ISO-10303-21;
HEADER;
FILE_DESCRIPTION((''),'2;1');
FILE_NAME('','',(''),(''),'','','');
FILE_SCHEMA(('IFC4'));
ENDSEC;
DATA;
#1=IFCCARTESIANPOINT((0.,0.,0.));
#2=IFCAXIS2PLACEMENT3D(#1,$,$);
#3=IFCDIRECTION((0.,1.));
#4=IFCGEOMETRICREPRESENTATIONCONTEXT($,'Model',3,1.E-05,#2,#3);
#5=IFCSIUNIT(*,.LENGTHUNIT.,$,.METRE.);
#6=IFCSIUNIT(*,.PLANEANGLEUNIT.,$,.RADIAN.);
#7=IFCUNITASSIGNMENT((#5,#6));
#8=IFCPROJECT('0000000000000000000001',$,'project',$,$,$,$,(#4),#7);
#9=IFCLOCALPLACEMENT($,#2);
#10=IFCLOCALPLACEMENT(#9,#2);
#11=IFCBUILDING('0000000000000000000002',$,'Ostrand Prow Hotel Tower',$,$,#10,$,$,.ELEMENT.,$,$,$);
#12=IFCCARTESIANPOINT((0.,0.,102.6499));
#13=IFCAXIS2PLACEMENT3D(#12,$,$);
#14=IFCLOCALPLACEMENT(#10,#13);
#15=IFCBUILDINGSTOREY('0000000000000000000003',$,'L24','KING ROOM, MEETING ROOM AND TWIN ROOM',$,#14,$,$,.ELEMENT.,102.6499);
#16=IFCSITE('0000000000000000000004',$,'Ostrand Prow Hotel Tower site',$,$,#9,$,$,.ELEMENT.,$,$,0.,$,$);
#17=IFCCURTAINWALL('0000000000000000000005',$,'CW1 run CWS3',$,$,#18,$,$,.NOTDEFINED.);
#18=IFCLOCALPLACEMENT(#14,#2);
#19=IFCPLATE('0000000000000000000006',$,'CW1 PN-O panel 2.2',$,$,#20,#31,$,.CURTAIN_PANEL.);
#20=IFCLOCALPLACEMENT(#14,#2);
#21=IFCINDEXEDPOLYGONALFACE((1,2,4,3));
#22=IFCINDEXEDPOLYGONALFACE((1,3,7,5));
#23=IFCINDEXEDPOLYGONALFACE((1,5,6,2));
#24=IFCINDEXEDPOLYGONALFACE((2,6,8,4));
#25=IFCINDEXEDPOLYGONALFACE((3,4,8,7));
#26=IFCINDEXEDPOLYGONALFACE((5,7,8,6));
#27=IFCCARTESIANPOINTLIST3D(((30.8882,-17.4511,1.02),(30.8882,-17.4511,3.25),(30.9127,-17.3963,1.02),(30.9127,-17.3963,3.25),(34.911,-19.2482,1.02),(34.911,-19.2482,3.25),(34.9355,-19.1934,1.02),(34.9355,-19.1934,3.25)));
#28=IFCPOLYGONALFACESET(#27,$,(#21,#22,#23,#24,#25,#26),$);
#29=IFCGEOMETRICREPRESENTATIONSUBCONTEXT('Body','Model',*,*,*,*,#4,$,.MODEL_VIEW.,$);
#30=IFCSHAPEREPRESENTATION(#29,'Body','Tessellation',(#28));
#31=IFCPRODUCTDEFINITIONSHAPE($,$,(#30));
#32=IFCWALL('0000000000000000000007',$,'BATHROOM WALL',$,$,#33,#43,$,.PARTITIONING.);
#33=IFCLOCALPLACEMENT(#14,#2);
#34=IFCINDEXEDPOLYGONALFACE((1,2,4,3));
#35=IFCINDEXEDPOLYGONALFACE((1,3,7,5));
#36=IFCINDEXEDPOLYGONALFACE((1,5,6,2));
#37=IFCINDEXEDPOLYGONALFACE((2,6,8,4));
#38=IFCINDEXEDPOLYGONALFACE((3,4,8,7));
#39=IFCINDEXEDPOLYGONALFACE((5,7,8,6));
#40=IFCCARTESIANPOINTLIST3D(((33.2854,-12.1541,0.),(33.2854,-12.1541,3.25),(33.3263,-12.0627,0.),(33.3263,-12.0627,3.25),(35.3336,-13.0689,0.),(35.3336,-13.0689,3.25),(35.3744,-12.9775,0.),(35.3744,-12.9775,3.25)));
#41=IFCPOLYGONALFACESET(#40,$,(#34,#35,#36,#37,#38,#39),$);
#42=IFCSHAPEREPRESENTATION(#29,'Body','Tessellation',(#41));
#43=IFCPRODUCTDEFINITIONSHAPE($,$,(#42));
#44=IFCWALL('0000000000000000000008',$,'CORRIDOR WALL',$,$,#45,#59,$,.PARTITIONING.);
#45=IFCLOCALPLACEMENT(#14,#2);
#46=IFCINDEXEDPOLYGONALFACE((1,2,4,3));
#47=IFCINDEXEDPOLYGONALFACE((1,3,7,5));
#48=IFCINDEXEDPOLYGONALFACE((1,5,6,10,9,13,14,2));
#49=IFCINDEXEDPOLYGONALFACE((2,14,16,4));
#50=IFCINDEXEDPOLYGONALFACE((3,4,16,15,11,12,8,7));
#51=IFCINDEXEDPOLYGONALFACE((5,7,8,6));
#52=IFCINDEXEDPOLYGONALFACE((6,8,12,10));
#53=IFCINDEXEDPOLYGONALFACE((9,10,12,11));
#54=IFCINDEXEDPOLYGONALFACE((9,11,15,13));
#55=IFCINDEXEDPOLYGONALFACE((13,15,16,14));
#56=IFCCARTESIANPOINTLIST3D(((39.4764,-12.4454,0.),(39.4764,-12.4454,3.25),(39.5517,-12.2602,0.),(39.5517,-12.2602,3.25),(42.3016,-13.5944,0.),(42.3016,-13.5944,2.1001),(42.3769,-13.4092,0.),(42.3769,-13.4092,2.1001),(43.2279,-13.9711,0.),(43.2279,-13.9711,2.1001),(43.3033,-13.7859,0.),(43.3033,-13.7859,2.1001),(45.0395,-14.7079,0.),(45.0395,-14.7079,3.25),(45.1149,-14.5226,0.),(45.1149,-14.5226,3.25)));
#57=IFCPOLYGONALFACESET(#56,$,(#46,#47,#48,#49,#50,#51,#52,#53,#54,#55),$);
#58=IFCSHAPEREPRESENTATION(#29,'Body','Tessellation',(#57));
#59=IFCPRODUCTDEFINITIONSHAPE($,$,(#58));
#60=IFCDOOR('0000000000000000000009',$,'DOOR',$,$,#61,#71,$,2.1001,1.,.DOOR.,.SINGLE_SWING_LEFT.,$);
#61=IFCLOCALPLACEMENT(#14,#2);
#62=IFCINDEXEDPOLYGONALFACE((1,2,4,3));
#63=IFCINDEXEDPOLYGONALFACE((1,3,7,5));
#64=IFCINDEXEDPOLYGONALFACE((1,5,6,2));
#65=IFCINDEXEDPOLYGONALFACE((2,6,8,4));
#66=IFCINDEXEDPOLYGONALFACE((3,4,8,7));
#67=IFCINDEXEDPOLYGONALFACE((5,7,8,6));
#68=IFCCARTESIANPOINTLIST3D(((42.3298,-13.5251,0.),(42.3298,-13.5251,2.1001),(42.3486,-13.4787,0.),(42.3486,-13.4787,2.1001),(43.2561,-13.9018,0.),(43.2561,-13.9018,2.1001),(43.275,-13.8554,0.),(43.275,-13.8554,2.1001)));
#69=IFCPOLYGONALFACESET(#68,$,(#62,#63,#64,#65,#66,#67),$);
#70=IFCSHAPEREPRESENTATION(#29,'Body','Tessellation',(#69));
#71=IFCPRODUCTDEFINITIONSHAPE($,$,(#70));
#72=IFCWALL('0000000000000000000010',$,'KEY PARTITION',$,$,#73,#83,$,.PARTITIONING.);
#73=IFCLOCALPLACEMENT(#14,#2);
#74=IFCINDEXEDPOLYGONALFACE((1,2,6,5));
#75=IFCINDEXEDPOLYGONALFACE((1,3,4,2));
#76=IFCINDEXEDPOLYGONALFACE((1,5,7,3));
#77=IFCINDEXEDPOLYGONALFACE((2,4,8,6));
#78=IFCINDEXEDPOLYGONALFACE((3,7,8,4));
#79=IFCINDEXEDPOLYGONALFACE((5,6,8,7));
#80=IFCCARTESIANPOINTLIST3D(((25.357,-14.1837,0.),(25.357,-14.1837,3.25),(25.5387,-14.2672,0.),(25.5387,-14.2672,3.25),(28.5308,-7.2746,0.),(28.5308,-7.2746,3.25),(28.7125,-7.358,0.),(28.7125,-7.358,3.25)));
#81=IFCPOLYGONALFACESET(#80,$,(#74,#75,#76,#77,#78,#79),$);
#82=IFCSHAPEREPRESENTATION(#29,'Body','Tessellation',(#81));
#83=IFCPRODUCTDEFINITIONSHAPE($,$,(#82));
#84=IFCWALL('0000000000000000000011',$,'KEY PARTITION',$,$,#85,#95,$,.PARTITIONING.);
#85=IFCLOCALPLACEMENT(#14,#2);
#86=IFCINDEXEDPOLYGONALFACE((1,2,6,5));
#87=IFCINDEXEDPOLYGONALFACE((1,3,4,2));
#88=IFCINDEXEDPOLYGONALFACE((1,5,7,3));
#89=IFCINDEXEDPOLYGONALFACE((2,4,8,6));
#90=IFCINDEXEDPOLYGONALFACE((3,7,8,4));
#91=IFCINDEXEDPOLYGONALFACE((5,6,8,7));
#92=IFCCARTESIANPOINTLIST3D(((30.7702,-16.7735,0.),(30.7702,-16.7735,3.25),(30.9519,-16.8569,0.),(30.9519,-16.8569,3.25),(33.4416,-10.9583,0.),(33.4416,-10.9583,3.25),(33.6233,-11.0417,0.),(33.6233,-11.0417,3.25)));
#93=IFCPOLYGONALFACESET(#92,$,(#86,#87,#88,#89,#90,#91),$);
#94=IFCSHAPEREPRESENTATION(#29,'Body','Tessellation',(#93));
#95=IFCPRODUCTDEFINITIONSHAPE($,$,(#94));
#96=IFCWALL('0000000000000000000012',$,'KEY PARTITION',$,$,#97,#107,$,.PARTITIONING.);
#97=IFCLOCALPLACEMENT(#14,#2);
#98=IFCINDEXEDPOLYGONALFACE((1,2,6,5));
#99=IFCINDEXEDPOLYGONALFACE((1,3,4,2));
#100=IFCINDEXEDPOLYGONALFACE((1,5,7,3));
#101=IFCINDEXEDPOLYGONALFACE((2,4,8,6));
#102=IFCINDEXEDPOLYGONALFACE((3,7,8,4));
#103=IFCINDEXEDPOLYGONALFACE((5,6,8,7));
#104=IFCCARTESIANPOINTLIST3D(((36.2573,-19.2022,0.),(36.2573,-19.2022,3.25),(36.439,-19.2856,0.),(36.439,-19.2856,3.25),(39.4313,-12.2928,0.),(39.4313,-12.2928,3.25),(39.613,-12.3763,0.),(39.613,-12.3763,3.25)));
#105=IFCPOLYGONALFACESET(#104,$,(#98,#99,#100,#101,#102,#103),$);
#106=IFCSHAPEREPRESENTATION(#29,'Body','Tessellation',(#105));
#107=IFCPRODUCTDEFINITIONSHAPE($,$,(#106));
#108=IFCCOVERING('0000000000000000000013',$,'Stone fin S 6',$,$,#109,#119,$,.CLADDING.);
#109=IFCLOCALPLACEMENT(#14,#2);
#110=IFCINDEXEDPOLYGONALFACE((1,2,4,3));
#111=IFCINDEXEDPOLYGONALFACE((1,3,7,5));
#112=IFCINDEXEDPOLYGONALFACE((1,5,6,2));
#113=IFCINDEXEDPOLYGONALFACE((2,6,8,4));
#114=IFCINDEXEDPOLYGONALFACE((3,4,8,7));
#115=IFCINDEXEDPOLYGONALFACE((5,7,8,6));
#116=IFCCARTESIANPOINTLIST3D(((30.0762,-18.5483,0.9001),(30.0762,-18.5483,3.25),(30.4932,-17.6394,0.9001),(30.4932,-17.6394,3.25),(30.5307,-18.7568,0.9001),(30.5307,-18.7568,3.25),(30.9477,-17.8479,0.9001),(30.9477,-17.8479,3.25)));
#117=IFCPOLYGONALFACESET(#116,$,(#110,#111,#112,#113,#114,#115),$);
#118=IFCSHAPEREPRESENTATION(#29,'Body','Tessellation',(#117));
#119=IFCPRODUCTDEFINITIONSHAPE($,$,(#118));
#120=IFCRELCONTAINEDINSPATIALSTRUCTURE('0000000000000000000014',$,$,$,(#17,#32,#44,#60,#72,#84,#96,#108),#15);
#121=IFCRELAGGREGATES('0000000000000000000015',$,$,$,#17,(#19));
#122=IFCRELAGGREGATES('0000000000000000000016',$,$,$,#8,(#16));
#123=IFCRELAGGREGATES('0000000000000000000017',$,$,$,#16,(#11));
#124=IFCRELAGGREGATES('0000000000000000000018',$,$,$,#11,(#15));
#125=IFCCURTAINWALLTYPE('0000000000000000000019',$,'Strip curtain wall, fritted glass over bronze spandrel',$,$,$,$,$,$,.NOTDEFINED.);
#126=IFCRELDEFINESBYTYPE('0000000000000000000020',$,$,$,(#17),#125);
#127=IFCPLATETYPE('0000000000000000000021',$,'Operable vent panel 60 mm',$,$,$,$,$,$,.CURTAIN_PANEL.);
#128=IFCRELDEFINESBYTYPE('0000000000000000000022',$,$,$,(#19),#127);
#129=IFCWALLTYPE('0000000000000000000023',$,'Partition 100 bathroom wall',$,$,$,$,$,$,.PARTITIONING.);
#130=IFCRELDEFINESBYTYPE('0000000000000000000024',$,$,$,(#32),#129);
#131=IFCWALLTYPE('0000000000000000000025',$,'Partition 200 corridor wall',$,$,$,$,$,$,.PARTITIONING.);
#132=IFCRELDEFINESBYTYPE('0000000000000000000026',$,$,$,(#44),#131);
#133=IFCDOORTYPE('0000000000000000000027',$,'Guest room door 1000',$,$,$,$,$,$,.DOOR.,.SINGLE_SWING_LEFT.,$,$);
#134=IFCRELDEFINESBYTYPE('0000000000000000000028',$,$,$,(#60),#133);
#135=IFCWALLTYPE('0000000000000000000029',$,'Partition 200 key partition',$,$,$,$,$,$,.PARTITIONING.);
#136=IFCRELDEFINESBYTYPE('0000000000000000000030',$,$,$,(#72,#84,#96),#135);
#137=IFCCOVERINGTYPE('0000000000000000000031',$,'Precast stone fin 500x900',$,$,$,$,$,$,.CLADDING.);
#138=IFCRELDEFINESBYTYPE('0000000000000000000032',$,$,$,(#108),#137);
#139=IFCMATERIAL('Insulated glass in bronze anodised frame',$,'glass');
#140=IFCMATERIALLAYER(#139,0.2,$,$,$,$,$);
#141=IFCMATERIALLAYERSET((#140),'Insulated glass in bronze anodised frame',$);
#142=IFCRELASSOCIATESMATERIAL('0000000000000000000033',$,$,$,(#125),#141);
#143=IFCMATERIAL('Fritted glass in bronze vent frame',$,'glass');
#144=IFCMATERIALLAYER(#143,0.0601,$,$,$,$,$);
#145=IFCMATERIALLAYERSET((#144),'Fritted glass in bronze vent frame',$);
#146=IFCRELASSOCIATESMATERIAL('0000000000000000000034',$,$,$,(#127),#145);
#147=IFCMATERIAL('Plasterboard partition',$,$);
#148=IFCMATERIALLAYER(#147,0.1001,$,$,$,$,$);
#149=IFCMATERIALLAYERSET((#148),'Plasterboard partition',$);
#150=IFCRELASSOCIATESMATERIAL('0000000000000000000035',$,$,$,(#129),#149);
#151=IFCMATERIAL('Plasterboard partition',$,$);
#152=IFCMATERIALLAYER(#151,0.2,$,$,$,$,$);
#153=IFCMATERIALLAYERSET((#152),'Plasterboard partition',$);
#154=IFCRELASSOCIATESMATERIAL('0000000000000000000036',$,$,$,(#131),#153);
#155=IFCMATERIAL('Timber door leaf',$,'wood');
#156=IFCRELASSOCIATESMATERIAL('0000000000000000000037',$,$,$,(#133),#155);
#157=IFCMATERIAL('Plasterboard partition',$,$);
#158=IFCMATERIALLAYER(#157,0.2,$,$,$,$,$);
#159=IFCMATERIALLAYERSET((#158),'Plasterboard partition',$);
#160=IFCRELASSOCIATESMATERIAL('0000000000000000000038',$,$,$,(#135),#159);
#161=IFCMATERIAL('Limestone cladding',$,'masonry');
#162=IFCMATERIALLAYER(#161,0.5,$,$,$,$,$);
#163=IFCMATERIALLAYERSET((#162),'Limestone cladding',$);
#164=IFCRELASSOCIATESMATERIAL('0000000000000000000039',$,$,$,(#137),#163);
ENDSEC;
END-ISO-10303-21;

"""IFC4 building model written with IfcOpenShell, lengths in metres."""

from ifc_helpers import new_model, si_unit, direction, frame, frame_2d, origin, origin_2d, place, context, subcontext, project, spatial, rectangle, extrude, material, layer, layer_set, type_object, element, fill, aggregate, save


model = new_model("IFC4")

# Units and contexts
model_context = context("Model", 3, precision=1e-05, world=origin(), true_north=direction((0.0, 1.0)))
body_context = subcontext(model_context, "Body", "Model", "MODEL_VIEW")
ifc_project = project(units=[si_unit("LENGTHUNIT", "METRE"), si_unit("PLANEANGLEUNIT", "RADIAN")], contexts=[model_context])

# Site, building, storey
site_placement = place(None, origin())
site = spatial("IfcSite", under=ifc_project, at=site_placement, Name="Ostrand Prow Hotel Tower site", CompositionType="ELEMENT", RefElevation=0.0)
building_placement = place(site_placement, origin())
building = spatial("IfcBuilding", under=site, at=building_placement, Name="Ostrand Prow Hotel Tower", CompositionType="ELEMENT")
storey_placement = place(building_placement, frame((0.0, 0.0, 102.6499)))
storey = spatial("IfcBuildingStorey", under=building, at=storey_placement, Name="L24", Description="KING ROOM, MEETING ROOM AND TWIN ROOM", CompositionType="ELEMENT", Elevation=102.6499)

# Shared definitions
ifc_material_1 = material(Name="Insulated glass in bronze anodised frame", Category="glass")
ifc_layer_1 = layer(ifc_material_1, 0.2)
ifc_layer_set_1 = layer_set([ifc_layer_1], Name="Insulated glass in bronze anodised frame")
curtain_wall_type = type_object("IfcCurtainWallType", Name="Strip curtain wall, fritted glass over bronze spandrel", PredefinedType="NOTDEFINED", material=ifc_layer_set_1)

# Curtain wall
curtain_wall_1_placement = place(storey_placement, origin())
curtain_wall_1 = element("IfcCurtainWall", 1, at=curtain_wall_1_placement, inside=storey, type_object=curtain_wall_type, Name="CW1 run CWS3", PredefinedType="NOTDEFINED")

# Plate
ifc_material_2 = material(Name="Fritted glass in bronze vent frame", Category="glass")
ifc_layer_2 = layer(ifc_material_2, 0.0601)
ifc_layer_set_2 = layer_set([ifc_layer_2], Name="Fritted glass in bronze vent frame")
plate_type_1 = type_object("IfcPlateType", Name="Operable vent panel 60 mm", PredefinedType="CURTAIN_PANEL", material=ifc_layer_set_2)
plate_1_placement = place(storey_placement, frame((32.9119, -18.3223, 1.02), z_axis=(0.0, 0.0, 1.0), x_axis=(0.913038, -0.407875, 0.0)))
plate_1 = element("IfcPlate", 2, at=plate_1_placement, type_object=plate_type_1, Name="CW1 PN-O panel 2.2", PredefinedType="CURTAIN_PANEL", context=body_context, shape_type="SweptSolid", body=[
    extrude(rectangle(XDim=4.406, YDim=0.0601, at=origin_2d()), origin(), (0.0, 0.0, 1.0), 2.23),
])
aggregate(curtain_wall_1, [plate_1])

# Wall
ifc_material_3 = material(Name="Plasterboard partition")
ifc_layer_3 = layer(ifc_material_3, 0.1001)
ifc_layer_set_3 = layer_set([ifc_layer_3], Name="Plasterboard partition")
wall_type_1 = type_object("IfcWallType", Name="Partition 100 bathroom wall", PredefinedType="PARTITIONING", material=ifc_layer_set_3)
wall_1_placement = place(storey_placement, frame((35.354, -13.0232, 0.0), z_axis=(0.0, 0.0, 1.0), x_axis=(-0.91306, 0.407824, 0.0)))
element("IfcWall", 3, at=wall_1_placement, inside=storey, type_object=wall_type_1, Name="BATHROOM WALL", PredefinedType="PARTITIONING", context=body_context, shape_type="SweptSolid", body=[
    extrude(rectangle(XDim=2.2432, YDim=0.1001, at=frame_2d((1.1216, 0.0))), origin(), (0.0, 0.0, 1.0), 3.25),
])

# Wall, opening, door
ifc_material_4 = material(Name="Plasterboard partition")
ifc_layer_4 = layer(ifc_material_4, 0.2)
ifc_layer_set_4 = layer_set([ifc_layer_4], Name="Plasterboard partition")
wall_type_2 = type_object("IfcWallType", Name="Partition 200 corridor wall", PredefinedType="PARTITIONING", material=ifc_layer_set_4)
wall_2_placement = place(storey_placement, frame((39.5139, -12.3528, 0.0), z_axis=(0.0, 0.0, 1.0), x_axis=(0.926328, -0.376718, 0.0)))
wall_2 = element("IfcWall", 4, at=wall_2_placement, inside=storey, type_object=wall_type_2, Name="CORRIDOR WALL", PredefinedType="PARTITIONING", context=body_context, shape_type="SweptSolid", body=[
    extrude(rectangle(XDim=6.0056, YDim=0.2, at=frame_2d((3.0029, 0.0))), origin(), (0.0, 0.0, 1.0), 3.25),
])
opening_placement = place(wall_2_placement, frame((3.05, 0.0, 0.0)))
opening = element("IfcOpeningElement", 5, at=opening_placement, cuts=wall_2, PredefinedType="OPENING", context=body_context, shape_type="SweptSolid", body=[
    extrude(rectangle(XDim=1.0, YDim=2.1001, at=frame_2d((0.5, 1.05))), frame((0.0, 0.1099, 0.0), z_axis=(0.0, -1.0, 0.0), x_axis=(1.0, 0.0, 0.0)), (0.0, 0.0, 1.0), 0.22),
])
ifc_material_5 = material(Name="Timber door leaf", Category="wood")
door_type = type_object("IfcDoorType", Name="Guest room door 1000", OperationType="SINGLE_SWING_LEFT", PredefinedType="DOOR", material=ifc_material_5)
door_placement = place(opening_placement, origin())
door = element("IfcDoor", 6, at=door_placement, inside=storey, type_object=door_type, Name="DOOR", OperationType="SINGLE_SWING_LEFT", OverallHeight=2.1001, OverallWidth=1.0, PredefinedType="DOOR", context=body_context, shape_type="SweptSolid", body=[
    extrude(rectangle(XDim=1.0, YDim=2.1001, at=frame_2d((0.5, 1.05))), frame((0.0, 0.0249, 0.0), z_axis=(0.0, -1.0, 0.0), x_axis=(1.0, 0.0, 0.0)), (0.0, 0.0, 1.0), 0.05),
])
fill(opening, door)

# Walls
ifc_material_6 = material(Name="Plasterboard partition")
ifc_layer_5 = layer(ifc_material_6, 0.2)
ifc_layer_set_5 = layer_set([ifc_layer_5], Name="Plasterboard partition")
wall_type_3 = type_object("IfcWallType", Name="Partition 200 key partition", PredefinedType="PARTITIONING", material=ifc_layer_set_5)
wall_3_placement = place(storey_placement, frame((25.4478, -14.2256, 0.0), z_axis=(0.0, 0.0, 1.0), x_axis=(0.417429, 0.90871, 0.0)))
element("IfcWall", 7, at=wall_3_placement, inside=storey, type_object=wall_type_3, Name="KEY PARTITION", PredefinedType="PARTITIONING", context=body_context, shape_type="SweptSolid", body=[
    extrude(rectangle(XDim=7.6033, YDim=0.2, at=frame_2d((3.8018, 0.0))), origin(), (0.0, 0.0, 1.0), 3.25),
])
wall_4_placement = place(storey_placement, frame((30.8611, -16.8152, 0.0), z_axis=(0.0, 0.0, 1.0), x_axis=(0.417441, 0.908704, 0.0)))
element("IfcWall", 8, at=wall_4_placement, inside=storey, type_object=wall_type_3, Name="KEY PARTITION", PredefinedType="PARTITIONING", context=body_context, shape_type="SweptSolid", body=[
    extrude(rectangle(XDim=6.3994, YDim=0.2, at=frame_2d((3.1997, 0.0))), origin(), (0.0, 0.0, 1.0), 3.25),
])
wall_5_placement = place(storey_placement, frame((36.3481, -19.2439, 0.0), z_axis=(0.0, 0.0, 1.0), x_axis=(0.417443, 0.908703, 0.0)))
element("IfcWall", 9, at=wall_5_placement, inside=storey, type_object=wall_type_3, Name="KEY PARTITION", PredefinedType="PARTITIONING", context=body_context, shape_type="SweptSolid", body=[
    extrude(rectangle(XDim=7.6035, YDim=0.2, at=frame_2d((3.8018, 0.0))), origin(), (0.0, 0.0, 1.0), 3.25),
])

# Covering
ifc_material_7 = material(Name="Limestone cladding", Category="masonry")
ifc_layer_6 = layer(ifc_material_7, 0.5)
ifc_layer_set_6 = layer_set([ifc_layer_6], Name="Limestone cladding")
covering_type = type_object("IfcCoveringType", Name="Precast stone fin 500x900", PredefinedType="CLADDING", material=ifc_layer_set_6)
covering_placement = place(storey_placement, frame((30.7205, -17.7437, 0.9001), z_axis=(0.0, 0.0, 1.0), x_axis=(-0.416983, -0.908914, 0.0)))
element("IfcCovering", 10, at=covering_placement, inside=storey, type_object=covering_type, Name="Stone fin S 6", PredefinedType="CLADDING", context=body_context, shape_type="SweptSolid", body=[
    extrude(rectangle(XDim=1.0, YDim=0.5, at=frame_2d((0.5, 0.0))), origin(), (0.0, 0.0, 1.0), 2.3499),
])

save(model, "model.ifc")
